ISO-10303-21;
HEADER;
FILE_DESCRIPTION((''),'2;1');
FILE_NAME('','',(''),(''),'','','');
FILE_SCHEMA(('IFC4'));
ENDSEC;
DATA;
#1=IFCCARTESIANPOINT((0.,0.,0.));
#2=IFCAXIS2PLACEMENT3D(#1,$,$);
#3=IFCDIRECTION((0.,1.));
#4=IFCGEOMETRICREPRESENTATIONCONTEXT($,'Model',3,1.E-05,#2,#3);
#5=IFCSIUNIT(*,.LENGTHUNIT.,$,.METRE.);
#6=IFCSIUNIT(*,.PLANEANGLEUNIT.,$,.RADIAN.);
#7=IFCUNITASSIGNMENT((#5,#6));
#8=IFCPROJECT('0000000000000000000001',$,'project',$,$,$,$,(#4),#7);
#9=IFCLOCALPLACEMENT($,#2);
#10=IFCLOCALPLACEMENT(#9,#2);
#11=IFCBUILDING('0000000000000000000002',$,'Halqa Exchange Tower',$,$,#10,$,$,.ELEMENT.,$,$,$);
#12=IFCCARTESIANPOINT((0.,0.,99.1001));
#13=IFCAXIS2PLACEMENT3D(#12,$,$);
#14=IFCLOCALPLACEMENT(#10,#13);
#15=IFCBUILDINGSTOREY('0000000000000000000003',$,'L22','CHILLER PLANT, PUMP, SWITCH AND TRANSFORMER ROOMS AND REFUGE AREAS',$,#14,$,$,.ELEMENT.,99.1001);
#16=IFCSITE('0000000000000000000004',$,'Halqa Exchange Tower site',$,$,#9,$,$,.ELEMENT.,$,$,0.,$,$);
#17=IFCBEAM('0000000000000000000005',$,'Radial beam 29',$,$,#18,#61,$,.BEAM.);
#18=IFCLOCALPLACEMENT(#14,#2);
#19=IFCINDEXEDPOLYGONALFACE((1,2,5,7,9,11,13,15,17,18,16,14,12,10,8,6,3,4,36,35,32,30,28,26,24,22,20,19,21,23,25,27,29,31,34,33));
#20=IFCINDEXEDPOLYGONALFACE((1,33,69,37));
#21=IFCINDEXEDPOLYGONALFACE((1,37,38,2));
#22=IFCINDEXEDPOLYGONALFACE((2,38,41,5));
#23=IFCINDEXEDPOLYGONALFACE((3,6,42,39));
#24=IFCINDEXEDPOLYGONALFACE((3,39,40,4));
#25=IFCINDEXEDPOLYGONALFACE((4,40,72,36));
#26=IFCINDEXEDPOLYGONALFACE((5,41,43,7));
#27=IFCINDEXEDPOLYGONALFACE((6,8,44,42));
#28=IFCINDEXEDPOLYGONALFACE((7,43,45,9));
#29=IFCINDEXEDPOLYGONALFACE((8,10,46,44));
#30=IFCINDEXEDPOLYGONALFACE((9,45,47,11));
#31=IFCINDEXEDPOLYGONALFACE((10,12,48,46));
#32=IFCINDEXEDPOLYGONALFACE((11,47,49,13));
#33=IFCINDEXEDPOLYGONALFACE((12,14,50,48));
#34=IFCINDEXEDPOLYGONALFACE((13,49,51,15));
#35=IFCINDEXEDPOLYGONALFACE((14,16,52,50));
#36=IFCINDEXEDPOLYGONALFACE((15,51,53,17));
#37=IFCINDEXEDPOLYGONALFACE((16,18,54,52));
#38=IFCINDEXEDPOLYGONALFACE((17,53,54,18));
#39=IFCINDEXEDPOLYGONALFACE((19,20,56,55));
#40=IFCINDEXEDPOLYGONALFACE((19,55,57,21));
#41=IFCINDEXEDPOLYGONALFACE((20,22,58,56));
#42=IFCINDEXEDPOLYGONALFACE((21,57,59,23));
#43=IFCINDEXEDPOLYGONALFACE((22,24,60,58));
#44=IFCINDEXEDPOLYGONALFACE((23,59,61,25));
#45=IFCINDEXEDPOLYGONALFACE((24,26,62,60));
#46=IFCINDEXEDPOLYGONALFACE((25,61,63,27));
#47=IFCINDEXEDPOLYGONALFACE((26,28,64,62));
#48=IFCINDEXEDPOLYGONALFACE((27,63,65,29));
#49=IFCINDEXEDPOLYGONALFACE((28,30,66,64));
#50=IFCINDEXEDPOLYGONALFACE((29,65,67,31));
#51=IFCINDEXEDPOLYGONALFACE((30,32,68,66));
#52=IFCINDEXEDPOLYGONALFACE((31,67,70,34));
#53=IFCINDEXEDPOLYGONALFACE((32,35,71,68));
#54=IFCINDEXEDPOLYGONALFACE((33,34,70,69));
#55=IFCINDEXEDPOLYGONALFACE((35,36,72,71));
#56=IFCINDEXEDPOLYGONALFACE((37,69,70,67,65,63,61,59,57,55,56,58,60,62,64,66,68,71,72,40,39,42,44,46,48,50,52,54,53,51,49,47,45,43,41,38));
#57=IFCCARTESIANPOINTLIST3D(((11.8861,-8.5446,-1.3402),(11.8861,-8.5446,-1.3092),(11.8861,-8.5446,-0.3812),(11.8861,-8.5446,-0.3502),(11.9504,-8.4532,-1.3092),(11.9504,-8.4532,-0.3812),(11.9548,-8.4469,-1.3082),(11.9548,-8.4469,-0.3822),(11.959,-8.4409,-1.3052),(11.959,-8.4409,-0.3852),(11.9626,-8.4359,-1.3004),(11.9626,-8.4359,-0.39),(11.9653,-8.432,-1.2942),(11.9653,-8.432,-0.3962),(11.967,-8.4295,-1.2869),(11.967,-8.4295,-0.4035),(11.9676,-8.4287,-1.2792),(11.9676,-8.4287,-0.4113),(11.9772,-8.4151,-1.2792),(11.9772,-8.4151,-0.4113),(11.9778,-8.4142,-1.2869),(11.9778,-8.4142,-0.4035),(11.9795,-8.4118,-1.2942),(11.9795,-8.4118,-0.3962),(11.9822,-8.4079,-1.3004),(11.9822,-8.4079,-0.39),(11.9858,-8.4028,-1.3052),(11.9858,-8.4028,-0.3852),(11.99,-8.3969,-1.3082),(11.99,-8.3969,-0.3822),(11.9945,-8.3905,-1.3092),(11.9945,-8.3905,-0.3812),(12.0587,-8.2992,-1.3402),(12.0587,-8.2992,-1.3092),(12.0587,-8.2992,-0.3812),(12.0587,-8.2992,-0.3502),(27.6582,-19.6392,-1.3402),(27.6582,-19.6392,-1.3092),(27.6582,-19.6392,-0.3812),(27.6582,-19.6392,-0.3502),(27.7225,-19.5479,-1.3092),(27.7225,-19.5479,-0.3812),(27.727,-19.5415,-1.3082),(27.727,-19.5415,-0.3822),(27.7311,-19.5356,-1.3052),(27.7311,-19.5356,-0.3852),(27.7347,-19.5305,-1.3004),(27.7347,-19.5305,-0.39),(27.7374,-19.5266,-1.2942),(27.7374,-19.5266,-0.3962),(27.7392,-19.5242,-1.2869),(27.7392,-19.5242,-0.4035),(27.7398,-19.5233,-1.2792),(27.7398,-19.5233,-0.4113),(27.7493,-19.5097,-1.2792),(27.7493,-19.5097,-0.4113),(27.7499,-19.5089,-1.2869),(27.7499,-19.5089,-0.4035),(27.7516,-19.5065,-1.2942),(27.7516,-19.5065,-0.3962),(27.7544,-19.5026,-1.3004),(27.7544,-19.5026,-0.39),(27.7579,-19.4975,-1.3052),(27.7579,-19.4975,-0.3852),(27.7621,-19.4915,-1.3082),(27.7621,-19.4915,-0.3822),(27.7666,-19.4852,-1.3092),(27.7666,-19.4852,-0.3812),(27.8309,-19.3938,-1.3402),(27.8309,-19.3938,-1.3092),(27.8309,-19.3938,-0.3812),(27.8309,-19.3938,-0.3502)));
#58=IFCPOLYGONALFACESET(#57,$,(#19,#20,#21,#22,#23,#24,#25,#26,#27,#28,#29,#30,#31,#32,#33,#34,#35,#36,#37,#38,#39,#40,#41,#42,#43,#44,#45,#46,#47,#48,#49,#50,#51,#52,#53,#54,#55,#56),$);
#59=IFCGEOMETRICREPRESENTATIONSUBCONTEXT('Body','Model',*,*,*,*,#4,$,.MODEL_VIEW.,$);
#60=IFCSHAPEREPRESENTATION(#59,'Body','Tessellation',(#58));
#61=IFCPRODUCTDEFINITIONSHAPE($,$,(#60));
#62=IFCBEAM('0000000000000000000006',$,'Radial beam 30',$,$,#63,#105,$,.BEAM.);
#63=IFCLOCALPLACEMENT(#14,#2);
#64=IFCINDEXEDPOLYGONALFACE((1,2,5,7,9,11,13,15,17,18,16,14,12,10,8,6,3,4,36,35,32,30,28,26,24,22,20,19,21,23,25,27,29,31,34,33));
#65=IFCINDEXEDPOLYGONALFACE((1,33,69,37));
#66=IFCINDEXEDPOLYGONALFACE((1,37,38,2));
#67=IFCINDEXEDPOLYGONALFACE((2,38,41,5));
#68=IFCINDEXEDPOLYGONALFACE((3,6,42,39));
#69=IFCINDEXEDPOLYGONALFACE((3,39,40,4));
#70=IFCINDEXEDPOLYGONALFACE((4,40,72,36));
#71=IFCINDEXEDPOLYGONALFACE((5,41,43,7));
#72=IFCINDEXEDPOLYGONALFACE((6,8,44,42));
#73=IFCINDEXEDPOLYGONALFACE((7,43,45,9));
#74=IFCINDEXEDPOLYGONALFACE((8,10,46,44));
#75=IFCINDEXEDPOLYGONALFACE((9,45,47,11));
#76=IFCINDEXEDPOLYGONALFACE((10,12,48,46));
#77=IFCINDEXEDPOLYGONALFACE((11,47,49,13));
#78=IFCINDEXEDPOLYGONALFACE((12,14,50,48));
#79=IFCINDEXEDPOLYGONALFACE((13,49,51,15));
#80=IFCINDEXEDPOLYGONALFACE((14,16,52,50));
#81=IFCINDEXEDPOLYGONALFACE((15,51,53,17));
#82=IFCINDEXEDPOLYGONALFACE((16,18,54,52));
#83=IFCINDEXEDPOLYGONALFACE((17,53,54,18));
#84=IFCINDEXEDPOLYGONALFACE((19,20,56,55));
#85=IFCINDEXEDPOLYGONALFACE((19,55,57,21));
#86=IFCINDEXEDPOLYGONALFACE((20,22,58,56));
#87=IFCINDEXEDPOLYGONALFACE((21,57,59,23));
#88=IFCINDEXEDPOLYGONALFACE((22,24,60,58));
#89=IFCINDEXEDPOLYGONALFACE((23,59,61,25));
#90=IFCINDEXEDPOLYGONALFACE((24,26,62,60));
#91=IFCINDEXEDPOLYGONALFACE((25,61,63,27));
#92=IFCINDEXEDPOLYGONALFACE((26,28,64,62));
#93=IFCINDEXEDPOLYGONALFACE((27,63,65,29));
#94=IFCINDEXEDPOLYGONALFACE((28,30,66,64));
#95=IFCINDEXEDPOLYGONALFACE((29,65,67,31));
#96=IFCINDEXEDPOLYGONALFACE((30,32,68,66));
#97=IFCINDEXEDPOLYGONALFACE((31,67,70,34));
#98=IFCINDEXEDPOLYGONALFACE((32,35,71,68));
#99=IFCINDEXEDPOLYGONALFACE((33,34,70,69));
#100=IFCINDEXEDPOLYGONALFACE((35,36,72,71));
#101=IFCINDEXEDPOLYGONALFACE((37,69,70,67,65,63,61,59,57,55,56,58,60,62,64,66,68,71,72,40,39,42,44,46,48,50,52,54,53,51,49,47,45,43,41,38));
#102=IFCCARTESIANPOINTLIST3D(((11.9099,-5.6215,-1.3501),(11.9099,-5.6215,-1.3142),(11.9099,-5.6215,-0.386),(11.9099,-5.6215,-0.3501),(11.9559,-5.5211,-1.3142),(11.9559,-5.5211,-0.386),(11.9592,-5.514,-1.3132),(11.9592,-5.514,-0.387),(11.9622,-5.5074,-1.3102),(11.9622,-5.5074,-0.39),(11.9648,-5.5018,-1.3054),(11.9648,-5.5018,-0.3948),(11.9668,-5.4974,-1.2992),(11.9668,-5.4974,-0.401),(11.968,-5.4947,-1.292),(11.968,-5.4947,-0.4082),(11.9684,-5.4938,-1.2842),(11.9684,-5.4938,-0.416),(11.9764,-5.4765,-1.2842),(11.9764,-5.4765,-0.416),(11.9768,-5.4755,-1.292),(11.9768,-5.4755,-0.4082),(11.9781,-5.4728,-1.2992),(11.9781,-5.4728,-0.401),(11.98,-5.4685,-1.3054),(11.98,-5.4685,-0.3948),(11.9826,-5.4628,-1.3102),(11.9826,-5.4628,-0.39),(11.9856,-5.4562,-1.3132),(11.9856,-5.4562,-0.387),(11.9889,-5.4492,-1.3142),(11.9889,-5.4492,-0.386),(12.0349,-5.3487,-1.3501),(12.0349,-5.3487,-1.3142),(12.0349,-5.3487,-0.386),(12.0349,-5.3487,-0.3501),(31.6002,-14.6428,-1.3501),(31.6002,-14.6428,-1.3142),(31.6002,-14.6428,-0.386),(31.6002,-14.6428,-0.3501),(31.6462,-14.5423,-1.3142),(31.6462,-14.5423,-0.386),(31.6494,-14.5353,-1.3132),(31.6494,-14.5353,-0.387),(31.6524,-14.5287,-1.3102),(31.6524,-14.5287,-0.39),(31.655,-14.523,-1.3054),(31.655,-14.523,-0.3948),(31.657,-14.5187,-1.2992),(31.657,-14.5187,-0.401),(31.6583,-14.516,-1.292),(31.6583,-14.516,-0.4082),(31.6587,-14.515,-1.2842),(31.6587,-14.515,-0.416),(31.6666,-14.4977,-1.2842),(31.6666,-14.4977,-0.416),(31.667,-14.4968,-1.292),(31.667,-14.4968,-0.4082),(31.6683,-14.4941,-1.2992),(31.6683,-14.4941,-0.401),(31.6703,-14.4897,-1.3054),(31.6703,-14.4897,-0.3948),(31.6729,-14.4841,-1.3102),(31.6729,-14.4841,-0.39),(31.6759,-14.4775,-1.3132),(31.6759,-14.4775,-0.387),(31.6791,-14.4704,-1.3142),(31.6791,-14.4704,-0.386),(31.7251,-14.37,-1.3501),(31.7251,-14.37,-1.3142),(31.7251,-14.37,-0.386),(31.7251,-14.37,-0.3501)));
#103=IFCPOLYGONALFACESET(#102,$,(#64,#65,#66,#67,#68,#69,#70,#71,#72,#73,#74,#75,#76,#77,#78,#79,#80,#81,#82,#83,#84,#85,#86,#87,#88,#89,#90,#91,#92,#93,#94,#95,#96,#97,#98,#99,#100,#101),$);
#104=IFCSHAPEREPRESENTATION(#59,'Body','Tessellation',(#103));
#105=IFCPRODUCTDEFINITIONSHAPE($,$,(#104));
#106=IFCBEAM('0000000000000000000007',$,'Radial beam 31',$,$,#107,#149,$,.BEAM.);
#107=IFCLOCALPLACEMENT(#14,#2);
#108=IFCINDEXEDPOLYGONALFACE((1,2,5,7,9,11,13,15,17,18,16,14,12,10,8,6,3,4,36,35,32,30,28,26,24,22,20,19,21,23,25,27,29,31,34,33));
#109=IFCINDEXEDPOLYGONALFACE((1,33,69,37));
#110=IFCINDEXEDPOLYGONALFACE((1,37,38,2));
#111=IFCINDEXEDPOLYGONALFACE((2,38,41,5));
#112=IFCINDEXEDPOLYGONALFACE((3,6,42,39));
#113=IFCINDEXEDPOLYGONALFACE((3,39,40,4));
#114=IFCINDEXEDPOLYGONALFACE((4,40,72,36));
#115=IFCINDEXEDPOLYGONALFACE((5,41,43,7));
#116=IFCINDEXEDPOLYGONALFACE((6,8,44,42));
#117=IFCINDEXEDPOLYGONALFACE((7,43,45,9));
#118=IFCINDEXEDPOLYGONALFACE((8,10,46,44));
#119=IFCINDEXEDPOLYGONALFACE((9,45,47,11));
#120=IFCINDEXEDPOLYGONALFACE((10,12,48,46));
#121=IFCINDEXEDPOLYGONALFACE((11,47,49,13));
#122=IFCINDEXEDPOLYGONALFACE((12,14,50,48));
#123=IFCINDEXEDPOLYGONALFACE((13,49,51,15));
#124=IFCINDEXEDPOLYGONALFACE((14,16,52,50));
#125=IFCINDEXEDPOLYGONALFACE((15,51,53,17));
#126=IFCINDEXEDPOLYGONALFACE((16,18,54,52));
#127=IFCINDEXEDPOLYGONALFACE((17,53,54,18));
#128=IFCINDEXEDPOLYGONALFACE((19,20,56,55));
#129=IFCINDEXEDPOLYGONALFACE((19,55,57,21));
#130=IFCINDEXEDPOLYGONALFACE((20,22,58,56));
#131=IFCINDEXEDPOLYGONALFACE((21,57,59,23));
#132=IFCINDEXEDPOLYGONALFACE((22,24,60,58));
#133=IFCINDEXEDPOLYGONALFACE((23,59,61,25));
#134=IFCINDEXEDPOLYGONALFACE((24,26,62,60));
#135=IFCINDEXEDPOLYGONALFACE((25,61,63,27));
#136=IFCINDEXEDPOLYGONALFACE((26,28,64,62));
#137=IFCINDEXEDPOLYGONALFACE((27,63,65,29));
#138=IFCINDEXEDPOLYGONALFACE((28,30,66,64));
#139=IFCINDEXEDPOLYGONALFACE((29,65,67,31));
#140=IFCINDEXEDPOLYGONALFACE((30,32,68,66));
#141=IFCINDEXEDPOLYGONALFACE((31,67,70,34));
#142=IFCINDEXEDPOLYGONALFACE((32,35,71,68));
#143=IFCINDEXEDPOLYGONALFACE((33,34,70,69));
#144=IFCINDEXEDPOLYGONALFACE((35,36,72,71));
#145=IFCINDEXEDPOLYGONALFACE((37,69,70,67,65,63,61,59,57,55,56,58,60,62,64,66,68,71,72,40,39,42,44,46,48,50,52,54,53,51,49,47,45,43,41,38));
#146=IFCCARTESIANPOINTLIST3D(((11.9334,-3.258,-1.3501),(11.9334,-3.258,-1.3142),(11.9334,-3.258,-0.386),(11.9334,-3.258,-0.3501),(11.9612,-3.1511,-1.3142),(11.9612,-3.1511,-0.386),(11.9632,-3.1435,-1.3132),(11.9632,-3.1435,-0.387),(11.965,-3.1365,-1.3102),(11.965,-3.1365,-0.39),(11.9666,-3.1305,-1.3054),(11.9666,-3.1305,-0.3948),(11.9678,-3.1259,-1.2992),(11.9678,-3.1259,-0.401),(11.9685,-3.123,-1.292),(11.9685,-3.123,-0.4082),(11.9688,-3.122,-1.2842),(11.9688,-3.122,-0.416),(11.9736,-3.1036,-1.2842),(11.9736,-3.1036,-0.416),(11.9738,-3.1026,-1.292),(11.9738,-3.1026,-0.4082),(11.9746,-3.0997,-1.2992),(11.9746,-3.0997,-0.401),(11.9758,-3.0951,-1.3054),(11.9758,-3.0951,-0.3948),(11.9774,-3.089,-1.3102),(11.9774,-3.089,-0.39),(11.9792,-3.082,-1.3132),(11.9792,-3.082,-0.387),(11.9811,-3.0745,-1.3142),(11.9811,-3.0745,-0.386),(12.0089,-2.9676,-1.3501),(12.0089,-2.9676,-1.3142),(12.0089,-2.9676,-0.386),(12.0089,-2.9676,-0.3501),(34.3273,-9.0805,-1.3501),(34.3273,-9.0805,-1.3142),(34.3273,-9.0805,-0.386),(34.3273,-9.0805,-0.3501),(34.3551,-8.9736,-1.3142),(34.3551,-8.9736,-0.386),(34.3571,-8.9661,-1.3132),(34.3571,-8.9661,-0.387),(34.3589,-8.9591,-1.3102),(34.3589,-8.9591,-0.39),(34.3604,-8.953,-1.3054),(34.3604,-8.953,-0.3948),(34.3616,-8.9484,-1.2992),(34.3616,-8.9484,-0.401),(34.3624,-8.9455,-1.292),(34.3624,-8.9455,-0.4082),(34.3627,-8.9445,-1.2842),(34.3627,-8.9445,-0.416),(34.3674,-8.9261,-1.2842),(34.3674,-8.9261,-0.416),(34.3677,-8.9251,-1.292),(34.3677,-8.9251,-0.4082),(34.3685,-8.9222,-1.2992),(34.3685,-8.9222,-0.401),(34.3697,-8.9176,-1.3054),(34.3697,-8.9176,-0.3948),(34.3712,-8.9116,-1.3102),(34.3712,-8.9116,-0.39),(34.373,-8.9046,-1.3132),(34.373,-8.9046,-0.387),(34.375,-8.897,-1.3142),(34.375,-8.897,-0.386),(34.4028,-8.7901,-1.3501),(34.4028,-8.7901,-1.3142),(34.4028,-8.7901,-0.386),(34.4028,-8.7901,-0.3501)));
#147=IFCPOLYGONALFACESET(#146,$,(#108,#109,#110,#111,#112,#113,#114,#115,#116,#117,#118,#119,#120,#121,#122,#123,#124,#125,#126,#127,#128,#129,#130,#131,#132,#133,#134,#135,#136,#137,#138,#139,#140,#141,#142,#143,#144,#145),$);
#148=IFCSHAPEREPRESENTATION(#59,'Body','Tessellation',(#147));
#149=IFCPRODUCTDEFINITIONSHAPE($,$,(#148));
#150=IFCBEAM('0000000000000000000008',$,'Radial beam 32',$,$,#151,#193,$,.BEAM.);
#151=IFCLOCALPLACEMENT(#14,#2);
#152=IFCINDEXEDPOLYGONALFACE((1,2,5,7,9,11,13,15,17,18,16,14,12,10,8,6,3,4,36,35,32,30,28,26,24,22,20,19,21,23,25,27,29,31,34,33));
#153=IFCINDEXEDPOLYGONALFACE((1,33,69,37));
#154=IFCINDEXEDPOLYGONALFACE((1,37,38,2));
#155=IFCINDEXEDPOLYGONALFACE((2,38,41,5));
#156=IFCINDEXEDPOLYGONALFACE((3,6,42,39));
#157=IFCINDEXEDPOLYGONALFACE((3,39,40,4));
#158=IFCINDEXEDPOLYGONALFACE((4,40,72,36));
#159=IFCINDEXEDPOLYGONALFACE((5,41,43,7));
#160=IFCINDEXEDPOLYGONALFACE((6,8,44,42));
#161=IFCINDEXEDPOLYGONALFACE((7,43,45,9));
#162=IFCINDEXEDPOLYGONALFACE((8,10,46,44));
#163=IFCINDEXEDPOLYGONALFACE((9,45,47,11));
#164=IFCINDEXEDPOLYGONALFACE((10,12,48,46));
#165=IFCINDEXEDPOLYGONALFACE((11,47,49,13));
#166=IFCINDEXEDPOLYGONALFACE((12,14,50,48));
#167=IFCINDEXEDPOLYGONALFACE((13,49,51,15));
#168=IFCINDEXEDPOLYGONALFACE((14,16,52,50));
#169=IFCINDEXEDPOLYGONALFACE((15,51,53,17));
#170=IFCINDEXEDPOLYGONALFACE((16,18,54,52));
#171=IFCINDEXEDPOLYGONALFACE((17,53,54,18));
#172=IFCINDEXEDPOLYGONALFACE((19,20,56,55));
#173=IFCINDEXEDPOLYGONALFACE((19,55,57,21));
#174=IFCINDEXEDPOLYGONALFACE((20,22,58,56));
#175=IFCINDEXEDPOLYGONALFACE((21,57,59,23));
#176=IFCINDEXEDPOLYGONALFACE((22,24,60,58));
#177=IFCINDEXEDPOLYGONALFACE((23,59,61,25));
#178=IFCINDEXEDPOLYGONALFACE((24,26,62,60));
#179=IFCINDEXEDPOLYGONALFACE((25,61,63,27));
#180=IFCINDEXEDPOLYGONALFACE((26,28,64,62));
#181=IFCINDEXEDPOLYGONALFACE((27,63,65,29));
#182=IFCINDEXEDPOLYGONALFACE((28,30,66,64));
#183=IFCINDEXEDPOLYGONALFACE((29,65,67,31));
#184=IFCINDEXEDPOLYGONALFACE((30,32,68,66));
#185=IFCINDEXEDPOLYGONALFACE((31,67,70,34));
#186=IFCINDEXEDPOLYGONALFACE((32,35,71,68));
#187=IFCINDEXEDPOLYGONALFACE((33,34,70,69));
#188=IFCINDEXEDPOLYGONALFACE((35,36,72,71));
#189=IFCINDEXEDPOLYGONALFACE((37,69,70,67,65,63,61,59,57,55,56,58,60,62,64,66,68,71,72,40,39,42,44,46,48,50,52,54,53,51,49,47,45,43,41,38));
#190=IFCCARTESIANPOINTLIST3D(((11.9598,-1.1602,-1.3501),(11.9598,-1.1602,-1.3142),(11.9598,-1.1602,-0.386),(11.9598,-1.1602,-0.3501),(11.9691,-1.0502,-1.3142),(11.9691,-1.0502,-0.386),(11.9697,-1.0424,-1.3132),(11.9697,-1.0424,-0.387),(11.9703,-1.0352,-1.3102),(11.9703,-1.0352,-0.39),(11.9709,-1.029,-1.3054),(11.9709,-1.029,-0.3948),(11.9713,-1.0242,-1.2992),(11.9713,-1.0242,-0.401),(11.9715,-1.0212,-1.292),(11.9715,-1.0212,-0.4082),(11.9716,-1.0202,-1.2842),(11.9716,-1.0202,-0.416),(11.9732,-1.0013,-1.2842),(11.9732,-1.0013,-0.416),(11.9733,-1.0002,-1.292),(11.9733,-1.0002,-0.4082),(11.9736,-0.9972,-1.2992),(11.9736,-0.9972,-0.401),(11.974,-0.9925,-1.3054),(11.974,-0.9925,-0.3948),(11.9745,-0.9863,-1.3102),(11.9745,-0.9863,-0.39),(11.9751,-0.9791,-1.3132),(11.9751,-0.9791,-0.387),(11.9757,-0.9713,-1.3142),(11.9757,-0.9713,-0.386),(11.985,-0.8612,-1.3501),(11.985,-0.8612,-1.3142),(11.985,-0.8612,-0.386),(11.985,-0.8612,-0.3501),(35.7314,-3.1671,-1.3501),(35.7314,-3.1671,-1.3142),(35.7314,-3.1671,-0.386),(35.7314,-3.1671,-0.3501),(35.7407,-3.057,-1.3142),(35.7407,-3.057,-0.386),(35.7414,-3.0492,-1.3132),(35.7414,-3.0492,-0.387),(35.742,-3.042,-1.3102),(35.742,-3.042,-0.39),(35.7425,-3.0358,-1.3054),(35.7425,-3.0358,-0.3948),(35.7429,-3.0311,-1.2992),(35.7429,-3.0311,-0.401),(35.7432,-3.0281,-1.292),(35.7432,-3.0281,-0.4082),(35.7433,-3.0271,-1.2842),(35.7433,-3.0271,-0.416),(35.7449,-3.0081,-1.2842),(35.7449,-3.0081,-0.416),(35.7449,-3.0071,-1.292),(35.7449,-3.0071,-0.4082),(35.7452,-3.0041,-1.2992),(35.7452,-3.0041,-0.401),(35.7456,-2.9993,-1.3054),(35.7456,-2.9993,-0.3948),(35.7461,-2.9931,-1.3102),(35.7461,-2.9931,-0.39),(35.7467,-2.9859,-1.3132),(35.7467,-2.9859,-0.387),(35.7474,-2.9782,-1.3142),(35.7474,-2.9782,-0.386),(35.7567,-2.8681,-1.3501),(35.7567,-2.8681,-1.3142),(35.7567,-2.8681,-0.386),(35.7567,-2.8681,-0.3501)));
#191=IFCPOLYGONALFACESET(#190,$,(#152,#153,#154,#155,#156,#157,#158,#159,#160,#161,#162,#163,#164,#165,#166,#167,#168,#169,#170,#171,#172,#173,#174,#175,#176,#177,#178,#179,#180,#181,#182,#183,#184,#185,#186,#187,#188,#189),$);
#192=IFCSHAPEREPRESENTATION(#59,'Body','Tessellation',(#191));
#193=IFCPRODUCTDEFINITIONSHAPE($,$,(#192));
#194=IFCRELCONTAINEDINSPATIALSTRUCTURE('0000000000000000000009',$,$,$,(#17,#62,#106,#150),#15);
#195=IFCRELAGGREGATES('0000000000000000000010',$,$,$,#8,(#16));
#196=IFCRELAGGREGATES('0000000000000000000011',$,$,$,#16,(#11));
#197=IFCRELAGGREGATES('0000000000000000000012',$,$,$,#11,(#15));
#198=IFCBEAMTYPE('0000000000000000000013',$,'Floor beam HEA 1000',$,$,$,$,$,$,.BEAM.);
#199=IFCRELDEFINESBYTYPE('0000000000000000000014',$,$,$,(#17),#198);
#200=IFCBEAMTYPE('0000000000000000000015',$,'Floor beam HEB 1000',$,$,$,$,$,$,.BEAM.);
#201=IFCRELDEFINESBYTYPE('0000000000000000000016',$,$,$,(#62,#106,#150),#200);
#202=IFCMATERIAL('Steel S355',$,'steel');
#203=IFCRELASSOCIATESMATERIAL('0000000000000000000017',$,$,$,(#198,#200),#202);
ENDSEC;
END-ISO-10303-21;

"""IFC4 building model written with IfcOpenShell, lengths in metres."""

from ifc_helpers import new_model, si_unit, direction, frame, origin, origin_2d, place, context, subcontext, project, spatial, i_section, extrude, material, material_profile, profile_set, type_object, element, save


model = new_model("IFC4")

# Units and contexts
model_context = context("Model", 3, precision=1e-05, world=origin(), true_north=direction((0.0, 1.0)))
body_context = subcontext(model_context, "Body", "Model", "MODEL_VIEW")
ifc_project = project(units=[si_unit("LENGTHUNIT", "METRE"), si_unit("PLANEANGLEUNIT", "RADIAN")], contexts=[model_context])

# Site, building, storey
site_placement = place(None, origin())
site = spatial("IfcSite", under=ifc_project, at=site_placement, Name="Halqa Exchange Tower site", CompositionType="ELEMENT", RefElevation=0.0)
building_placement = place(site_placement, origin())
building = spatial("IfcBuilding", under=site, at=building_placement, Name="Halqa Exchange Tower", CompositionType="ELEMENT")
storey_placement = place(building_placement, frame((0.0, 0.0, 99.1001)))
storey = spatial("IfcBuildingStorey", under=building, at=storey_placement, Name="L22", Description="CHILLER PLANT, PUMP, SWITCH AND TRANSFORMER ROOMS AND REFUGE AREAS", CompositionType="ELEMENT", Elevation=99.1001)

# Beams
ifc_material_1 = material(Name="Steel S355", Category="steel")
ifc_material_profile_1 = material_profile(ifc_material_1, i_section(OverallWidth=0.3, OverallDepth=0.99, WebThickness=0.0166, FlangeThickness=0.031, FilletRadius=0.03, at=origin_2d()), Name="HEA 1000")
ifc_profile_set_1 = profile_set([ifc_material_profile_1], Name="Steel S355")
beam_type_1 = type_object("IfcBeamType", Name="Floor beam HEA 1000", PredefinedType="BEAM", material=ifc_profile_set_1)
beam_1_placement = place(storey_placement, frame((11.9724, -8.4219, -0.8452), z_axis=(0.81791, -0.575346, 0.0), x_axis=(0.575346, 0.81791, 0.0)))
element("IfcBeam", 1, at=beam_1_placement, inside=storey, type_object=beam_type_1, Name="Radial beam 29", PredefinedType="BEAM", context=body_context, shape_type="SweptSolid", body=[
    extrude(i_section(OverallWidth=0.3, OverallDepth=0.99, WebThickness=0.0166, FlangeThickness=0.031, FilletRadius=0.03, at=origin_2d()), origin(), (0.0, 0.0, 1.0), 19.2834),
])
ifc_material_profile_2 = material_profile(ifc_material_1, i_section(OverallWidth=0.3, OverallDepth=1.0, WebThickness=0.019, FlangeThickness=0.0359, FilletRadius=0.03, at=origin_2d()), Name="HEB 1000")
ifc_profile_set_2 = profile_set([ifc_material_profile_2], Name="Steel S355")
beam_type_2 = type_object("IfcBeamType", Name="Floor beam HEB 1000", PredefinedType="BEAM", material=ifc_profile_set_2)
beam_2_placement = place(storey_placement, frame((11.9724, -5.4851, -0.8501), z_axis=(0.909125, -0.416524, 0.0), x_axis=(0.416524, 0.909125, 0.0)))
element("IfcBeam", 2, at=beam_2_placement, inside=storey, type_object=beam_type_2, Name="Radial beam 30", PredefinedType="BEAM", context=body_context, shape_type="SweptSolid", body=[
    extrude(i_section(OverallWidth=0.3, OverallDepth=1.0, WebThickness=0.019, FlangeThickness=0.0359, FilletRadius=0.03, at=origin_2d()), origin(), (0.0, 0.0, 1.0), 21.6584),
])
beam_3_placement = place(storey_placement, frame((11.9712, -3.1128, -0.8501), z_axis=(0.967821, -0.251639, 0.0), x_axis=(0.251639, 0.967821, 0.0)))
element("IfcBeam", 3, at=beam_3_placement, inside=storey, type_object=beam_type_2, Name="Radial beam 31", PredefinedType="BEAM", context=body_context, shape_type="SweptSolid", body=[
    extrude(i_section(OverallWidth=0.3, OverallDepth=1.0, WebThickness=0.019, FlangeThickness=0.0359, FilletRadius=0.03, at=origin_2d()), origin(), (0.0, 0.0, 1.0), 23.1384),
])
beam_4_placement = place(storey_placement, frame((11.9724, -1.0107, -0.8501), z_axis=(0.996455, -0.084122, 0.0), x_axis=(0.084122, 0.996455, 0.0)))
element("IfcBeam", 4, at=beam_4_placement, inside=storey, type_object=beam_type_2, Name="Radial beam 32", PredefinedType="BEAM", context=body_context, shape_type="SweptSolid", body=[
    extrude(i_section(OverallWidth=0.3, OverallDepth=1.0, WebThickness=0.019, FlangeThickness=0.0359, FilletRadius=0.03, at=origin_2d()), origin(), (0.0, 0.0, 1.0), 23.8562),
])

save(model, "model.ifc")
